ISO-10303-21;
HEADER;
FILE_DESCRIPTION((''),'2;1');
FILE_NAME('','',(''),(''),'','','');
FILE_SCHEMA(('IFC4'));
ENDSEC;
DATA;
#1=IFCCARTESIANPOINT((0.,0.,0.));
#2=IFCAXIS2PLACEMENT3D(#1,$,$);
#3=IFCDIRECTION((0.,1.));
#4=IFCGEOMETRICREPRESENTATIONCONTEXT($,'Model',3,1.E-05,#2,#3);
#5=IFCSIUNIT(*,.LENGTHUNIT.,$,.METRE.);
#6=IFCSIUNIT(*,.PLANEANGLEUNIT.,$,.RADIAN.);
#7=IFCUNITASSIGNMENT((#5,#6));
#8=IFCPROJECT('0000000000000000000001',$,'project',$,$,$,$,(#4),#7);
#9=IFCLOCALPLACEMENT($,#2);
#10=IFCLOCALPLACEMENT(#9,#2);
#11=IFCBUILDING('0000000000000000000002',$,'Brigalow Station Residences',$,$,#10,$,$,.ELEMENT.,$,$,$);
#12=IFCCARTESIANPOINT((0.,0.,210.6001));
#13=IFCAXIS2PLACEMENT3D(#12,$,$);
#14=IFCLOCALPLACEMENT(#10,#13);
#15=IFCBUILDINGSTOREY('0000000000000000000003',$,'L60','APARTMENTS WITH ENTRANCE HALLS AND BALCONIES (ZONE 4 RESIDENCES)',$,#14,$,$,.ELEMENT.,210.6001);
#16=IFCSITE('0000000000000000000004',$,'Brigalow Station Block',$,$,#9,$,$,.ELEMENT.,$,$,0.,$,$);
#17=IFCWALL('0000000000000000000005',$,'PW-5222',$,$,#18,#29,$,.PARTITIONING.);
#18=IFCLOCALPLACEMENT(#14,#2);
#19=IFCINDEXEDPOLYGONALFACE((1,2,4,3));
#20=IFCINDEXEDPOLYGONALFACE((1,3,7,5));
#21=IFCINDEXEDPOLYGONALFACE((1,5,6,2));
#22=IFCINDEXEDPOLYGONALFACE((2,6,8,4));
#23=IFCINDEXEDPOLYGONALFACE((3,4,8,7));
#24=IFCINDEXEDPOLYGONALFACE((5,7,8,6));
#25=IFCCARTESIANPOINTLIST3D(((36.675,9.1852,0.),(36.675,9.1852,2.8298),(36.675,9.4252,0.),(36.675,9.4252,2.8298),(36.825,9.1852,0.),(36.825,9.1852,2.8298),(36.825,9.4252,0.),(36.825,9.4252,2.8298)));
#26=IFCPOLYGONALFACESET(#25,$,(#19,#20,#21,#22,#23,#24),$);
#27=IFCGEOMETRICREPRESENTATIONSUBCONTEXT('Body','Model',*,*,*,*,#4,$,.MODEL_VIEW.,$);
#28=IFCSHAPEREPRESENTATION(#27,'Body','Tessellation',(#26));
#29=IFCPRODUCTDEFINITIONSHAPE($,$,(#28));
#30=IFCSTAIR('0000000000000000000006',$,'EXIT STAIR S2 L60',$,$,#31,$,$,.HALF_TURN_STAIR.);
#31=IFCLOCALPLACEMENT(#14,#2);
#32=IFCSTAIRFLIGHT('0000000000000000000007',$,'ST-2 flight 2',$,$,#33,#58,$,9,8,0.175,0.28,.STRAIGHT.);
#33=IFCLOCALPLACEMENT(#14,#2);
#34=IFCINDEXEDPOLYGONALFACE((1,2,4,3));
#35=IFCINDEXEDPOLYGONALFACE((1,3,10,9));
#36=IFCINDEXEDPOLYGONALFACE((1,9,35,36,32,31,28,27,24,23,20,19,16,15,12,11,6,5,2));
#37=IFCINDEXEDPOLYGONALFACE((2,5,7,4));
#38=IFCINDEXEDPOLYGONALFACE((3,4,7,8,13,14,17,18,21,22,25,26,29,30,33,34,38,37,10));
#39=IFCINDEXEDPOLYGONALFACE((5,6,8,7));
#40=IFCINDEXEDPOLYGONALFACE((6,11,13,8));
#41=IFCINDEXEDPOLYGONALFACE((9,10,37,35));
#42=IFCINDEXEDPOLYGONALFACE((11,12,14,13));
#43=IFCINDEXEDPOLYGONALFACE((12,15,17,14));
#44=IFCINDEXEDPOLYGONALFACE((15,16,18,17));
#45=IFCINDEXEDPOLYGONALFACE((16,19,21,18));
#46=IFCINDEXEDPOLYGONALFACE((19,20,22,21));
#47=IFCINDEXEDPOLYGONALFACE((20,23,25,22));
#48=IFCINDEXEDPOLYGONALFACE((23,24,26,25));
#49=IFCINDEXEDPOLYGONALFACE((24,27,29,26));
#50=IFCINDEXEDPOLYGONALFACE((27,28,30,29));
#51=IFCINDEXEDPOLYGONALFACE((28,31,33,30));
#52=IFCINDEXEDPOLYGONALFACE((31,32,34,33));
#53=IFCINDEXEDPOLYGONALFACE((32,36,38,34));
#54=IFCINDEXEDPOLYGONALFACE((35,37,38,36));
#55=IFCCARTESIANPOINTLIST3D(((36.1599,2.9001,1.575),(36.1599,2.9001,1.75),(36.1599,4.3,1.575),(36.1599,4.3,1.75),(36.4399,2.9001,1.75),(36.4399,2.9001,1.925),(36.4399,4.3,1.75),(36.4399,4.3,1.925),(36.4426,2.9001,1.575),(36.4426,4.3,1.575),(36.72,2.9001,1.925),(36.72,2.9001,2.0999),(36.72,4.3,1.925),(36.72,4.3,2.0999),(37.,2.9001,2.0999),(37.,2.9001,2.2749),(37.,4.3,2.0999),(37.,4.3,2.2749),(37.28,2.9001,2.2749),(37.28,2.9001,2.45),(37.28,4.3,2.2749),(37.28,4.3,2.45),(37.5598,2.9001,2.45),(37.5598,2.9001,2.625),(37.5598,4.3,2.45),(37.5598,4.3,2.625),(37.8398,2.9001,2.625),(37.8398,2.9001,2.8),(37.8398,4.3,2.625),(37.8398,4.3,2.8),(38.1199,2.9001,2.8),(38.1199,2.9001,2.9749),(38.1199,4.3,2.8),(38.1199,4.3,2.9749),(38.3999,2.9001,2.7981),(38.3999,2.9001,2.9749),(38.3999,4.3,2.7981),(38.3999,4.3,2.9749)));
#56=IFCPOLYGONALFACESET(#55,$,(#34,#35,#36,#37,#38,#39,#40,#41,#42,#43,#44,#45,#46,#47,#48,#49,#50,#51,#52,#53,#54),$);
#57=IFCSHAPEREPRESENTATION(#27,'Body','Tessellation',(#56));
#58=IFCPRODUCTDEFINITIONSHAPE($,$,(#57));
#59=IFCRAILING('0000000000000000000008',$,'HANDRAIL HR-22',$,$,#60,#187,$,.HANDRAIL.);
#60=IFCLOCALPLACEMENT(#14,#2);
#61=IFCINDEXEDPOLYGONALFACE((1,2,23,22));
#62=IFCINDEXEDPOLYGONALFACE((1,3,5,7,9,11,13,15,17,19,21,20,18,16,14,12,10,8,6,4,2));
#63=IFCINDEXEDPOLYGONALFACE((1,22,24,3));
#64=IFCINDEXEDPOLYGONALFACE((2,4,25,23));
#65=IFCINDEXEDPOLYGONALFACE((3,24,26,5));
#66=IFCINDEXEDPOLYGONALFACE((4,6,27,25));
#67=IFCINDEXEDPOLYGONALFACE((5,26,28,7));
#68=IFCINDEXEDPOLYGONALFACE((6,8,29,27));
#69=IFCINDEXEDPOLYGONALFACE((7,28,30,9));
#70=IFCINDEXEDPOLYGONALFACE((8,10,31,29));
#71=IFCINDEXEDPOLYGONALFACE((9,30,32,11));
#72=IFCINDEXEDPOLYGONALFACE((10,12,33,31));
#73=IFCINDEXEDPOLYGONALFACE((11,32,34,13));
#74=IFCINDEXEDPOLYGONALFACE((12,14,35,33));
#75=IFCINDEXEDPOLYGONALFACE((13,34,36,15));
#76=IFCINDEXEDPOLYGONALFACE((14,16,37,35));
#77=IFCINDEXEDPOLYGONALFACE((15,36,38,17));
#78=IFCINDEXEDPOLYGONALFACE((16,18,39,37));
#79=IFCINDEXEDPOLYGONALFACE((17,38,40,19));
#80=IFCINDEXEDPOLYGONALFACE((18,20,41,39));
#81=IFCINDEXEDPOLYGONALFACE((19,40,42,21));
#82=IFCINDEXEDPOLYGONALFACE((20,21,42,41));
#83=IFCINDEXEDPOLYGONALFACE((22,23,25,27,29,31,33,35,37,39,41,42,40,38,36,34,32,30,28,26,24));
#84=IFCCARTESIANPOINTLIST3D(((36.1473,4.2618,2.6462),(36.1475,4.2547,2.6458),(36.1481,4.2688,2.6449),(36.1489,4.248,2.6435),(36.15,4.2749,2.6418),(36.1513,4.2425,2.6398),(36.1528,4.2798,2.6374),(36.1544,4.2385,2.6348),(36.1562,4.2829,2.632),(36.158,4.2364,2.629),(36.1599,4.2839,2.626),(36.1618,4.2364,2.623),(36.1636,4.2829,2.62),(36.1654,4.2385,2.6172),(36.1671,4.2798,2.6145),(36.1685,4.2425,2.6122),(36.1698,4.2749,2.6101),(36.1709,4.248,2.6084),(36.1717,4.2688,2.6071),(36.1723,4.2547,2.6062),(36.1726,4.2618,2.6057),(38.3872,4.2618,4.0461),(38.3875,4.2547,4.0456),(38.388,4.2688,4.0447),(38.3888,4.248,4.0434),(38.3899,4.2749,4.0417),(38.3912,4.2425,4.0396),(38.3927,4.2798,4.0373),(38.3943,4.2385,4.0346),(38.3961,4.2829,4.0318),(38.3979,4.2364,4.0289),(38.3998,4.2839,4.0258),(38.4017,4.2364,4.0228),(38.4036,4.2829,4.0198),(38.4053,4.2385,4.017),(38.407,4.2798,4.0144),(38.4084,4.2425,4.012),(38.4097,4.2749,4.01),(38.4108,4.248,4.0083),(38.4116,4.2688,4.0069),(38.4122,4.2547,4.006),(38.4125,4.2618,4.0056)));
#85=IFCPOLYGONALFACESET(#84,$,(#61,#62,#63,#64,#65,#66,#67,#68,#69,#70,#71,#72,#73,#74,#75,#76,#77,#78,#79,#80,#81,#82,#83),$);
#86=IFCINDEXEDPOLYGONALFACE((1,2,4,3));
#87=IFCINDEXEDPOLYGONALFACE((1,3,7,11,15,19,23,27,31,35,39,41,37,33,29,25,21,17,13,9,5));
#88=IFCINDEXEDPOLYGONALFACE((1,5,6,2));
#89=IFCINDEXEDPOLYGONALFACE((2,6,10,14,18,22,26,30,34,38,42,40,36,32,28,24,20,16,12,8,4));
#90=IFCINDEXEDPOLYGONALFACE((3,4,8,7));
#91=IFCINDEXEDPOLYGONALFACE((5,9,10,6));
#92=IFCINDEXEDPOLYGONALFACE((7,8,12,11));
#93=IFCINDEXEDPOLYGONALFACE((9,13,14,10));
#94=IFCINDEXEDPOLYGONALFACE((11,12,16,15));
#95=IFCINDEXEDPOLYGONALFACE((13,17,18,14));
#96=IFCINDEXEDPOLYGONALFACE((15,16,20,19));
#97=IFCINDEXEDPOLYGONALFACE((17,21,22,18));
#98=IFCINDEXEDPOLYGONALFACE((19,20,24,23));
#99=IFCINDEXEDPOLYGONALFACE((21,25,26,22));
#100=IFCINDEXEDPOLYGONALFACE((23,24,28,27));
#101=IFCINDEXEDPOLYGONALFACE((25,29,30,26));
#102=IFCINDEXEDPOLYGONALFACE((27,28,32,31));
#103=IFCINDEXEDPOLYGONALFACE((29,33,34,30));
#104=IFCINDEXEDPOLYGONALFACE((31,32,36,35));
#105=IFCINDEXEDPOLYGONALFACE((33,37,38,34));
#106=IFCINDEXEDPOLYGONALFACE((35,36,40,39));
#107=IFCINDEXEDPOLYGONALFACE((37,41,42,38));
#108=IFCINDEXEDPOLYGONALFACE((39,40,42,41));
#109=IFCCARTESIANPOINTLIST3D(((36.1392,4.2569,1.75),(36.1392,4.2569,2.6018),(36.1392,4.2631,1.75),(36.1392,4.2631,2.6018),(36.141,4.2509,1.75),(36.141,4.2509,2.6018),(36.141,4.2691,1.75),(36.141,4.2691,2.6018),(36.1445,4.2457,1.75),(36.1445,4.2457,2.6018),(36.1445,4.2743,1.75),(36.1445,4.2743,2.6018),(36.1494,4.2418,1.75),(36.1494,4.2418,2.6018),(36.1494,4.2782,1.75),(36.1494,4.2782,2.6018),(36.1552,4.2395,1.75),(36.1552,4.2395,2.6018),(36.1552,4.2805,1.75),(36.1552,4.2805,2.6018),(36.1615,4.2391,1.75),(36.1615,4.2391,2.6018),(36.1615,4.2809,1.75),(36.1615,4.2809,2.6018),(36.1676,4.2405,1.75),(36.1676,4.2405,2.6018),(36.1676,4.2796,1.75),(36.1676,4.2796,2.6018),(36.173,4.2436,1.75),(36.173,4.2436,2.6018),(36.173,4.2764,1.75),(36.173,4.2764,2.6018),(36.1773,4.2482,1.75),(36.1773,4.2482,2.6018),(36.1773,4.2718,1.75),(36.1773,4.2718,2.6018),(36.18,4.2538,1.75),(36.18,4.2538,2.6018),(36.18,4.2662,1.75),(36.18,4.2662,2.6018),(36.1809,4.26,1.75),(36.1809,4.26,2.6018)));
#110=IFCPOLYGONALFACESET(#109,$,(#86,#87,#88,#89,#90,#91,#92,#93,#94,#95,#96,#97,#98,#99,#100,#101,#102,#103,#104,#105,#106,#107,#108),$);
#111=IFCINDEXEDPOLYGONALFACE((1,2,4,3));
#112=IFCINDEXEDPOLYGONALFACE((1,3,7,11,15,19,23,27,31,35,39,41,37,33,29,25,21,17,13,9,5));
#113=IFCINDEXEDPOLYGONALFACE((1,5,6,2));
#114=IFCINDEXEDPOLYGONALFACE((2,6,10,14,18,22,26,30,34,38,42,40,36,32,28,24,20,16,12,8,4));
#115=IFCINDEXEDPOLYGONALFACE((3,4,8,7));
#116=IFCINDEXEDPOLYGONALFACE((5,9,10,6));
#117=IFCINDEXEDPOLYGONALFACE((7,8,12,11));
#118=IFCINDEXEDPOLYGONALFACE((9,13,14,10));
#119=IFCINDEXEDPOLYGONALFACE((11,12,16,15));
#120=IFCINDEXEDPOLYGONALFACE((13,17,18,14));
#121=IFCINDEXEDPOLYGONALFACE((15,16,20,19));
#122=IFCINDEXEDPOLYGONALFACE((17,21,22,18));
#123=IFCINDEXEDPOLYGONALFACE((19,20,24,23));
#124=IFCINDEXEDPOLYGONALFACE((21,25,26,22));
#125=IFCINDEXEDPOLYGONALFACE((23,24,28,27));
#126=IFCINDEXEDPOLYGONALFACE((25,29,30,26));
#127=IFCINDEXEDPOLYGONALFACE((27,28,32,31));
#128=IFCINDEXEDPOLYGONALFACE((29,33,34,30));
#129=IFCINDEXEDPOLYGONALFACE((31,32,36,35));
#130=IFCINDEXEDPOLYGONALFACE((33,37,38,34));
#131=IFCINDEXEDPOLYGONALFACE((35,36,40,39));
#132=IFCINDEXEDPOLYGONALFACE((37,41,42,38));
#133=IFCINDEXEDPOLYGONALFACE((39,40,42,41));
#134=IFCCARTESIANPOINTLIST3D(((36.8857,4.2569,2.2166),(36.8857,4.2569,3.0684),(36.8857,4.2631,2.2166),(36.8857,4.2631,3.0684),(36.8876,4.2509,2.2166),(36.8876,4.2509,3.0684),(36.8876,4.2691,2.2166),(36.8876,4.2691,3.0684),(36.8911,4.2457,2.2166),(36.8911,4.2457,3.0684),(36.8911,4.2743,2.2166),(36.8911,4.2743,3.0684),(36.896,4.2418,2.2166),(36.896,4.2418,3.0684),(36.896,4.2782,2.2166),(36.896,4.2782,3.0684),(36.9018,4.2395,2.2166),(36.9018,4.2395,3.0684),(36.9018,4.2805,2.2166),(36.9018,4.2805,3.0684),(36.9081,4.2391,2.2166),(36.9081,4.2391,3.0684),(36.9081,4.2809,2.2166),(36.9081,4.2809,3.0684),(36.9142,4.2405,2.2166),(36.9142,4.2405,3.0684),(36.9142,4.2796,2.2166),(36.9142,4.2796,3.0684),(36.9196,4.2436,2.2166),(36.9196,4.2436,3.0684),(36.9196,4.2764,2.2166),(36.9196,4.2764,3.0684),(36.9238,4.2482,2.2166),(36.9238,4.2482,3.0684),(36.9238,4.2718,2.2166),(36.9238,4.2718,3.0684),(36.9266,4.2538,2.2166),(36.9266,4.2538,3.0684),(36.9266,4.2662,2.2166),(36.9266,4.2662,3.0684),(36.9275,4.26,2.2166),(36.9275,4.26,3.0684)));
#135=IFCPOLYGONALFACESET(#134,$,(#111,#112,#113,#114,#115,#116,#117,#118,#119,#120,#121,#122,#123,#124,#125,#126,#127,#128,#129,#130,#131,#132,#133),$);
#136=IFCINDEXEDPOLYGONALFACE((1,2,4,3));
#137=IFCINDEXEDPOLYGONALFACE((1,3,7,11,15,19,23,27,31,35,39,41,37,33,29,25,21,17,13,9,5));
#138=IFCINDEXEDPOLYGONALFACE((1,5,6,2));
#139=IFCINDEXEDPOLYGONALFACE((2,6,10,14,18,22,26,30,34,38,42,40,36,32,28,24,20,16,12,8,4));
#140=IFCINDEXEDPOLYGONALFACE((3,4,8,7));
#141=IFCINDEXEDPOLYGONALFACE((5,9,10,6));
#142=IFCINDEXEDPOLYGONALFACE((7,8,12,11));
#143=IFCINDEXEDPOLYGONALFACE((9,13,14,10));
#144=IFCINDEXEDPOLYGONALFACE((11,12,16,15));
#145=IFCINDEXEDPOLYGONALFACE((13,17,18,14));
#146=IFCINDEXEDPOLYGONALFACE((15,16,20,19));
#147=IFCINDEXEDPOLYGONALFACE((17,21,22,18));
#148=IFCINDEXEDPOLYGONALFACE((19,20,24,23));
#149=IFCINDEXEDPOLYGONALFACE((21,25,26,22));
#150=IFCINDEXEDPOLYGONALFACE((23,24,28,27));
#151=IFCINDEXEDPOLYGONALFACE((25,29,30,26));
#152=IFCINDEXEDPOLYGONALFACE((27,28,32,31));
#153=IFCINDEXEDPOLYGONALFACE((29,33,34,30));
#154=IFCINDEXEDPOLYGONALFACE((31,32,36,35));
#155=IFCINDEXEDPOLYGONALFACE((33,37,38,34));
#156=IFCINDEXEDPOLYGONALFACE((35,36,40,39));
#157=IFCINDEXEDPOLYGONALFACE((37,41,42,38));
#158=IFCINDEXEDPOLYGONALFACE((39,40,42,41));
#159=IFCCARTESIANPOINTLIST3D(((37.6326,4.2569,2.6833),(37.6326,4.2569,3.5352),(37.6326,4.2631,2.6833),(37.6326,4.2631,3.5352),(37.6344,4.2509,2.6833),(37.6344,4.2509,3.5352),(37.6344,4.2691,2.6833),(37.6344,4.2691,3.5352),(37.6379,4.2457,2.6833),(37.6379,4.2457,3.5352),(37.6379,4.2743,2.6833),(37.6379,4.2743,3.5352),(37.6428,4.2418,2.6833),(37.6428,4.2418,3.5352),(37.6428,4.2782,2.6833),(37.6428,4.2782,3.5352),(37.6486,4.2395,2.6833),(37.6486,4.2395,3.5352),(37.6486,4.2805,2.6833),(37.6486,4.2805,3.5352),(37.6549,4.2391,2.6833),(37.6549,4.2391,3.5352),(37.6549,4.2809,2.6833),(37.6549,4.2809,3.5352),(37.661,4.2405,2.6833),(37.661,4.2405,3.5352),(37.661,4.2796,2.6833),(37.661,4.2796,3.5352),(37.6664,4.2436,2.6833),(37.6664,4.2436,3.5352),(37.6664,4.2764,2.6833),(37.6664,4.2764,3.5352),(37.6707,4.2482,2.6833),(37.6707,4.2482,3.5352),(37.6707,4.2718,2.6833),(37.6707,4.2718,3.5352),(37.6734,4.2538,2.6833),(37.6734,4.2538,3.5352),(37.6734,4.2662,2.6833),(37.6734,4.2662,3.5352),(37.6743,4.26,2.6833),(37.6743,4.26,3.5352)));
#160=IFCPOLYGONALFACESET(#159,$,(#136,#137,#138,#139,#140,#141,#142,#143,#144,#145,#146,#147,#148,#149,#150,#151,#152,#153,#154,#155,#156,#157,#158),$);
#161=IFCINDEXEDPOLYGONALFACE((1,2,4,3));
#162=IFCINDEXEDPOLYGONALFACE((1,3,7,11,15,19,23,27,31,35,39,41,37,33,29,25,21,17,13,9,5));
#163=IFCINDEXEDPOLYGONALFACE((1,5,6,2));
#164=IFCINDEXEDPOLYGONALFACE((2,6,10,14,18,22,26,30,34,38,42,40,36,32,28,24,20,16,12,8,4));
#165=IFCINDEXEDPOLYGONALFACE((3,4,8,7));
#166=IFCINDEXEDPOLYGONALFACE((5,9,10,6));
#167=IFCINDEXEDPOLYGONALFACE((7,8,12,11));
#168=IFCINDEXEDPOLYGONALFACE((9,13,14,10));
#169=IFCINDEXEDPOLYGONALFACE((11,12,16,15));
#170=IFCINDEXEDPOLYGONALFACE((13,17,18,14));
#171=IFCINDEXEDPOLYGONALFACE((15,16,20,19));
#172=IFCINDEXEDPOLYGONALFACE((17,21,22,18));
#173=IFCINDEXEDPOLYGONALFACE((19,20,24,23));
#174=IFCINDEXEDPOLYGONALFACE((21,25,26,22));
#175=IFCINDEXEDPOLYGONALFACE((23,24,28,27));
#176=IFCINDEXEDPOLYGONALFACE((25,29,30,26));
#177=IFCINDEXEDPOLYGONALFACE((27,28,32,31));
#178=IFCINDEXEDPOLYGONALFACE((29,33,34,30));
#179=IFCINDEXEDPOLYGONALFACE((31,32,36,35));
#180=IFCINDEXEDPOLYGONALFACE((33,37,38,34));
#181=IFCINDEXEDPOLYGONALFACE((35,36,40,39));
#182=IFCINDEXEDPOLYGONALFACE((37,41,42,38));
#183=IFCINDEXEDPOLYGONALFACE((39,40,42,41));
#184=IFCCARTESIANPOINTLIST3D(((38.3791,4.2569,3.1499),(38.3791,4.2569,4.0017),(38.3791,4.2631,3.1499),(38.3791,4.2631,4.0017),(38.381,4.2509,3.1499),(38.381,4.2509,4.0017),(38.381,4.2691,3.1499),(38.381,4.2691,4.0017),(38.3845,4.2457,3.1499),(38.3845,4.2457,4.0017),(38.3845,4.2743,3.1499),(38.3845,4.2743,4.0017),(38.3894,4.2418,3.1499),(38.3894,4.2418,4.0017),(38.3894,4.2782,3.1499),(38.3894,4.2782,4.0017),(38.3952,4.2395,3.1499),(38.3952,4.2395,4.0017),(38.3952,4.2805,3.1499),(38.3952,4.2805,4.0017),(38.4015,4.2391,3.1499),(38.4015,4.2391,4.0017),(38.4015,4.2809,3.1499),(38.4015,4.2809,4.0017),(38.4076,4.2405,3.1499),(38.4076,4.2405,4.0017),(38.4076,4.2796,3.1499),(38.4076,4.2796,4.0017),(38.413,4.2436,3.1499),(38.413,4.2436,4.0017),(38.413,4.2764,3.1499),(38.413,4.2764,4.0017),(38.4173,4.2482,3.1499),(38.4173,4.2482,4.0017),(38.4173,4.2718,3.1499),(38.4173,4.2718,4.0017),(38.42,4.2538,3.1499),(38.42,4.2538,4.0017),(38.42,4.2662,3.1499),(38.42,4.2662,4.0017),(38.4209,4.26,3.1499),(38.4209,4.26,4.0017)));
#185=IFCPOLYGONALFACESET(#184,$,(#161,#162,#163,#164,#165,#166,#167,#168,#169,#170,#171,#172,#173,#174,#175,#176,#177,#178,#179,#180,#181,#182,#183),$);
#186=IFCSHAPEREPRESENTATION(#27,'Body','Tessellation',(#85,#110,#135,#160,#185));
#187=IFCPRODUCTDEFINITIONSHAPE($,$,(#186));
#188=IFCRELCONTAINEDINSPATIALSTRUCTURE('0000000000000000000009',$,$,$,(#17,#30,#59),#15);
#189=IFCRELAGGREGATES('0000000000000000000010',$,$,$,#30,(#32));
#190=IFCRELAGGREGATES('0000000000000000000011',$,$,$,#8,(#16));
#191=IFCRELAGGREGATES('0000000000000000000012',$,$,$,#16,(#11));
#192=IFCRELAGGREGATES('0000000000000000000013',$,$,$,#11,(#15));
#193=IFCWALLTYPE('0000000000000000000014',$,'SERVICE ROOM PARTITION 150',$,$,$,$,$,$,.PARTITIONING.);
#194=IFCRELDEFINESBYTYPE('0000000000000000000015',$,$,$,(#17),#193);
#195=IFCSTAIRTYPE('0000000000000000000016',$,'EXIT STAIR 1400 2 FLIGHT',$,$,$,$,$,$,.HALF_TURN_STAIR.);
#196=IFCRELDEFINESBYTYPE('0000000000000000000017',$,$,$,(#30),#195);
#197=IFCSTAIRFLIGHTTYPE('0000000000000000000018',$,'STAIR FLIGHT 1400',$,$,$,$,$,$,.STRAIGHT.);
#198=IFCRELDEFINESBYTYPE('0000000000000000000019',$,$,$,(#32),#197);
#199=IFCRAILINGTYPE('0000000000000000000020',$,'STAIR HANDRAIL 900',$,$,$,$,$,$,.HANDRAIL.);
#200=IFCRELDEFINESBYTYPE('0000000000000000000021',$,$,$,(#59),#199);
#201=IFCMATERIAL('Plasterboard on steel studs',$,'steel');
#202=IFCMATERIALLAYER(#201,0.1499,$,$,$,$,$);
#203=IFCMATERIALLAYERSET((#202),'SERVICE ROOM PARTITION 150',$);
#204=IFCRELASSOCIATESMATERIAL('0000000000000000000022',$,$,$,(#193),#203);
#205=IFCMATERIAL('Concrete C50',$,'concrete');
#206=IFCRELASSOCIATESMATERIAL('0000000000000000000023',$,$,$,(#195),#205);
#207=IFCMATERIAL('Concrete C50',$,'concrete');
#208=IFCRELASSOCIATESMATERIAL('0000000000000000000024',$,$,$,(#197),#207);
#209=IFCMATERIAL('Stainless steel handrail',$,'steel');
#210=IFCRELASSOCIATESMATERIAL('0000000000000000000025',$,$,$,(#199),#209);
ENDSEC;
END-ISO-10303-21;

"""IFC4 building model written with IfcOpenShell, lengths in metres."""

from ifc_helpers import new_model, si_unit, direction, frame, frame_2d, origin, origin_2d, place, context, subcontext, project, spatial, polyline, rectangle, circle, outline, extrude, material, layer, layer_set, type_object, element, aggregate, save


model = new_model("IFC4")

# Units and contexts
model_context = context("Model", 3, precision=1e-05, world=origin(), true_north=direction((0.0, 1.0)))
body_context = subcontext(model_context, "Body", "Model", "MODEL_VIEW")
ifc_project = project(units=[si_unit("LENGTHUNIT", "METRE"), si_unit("PLANEANGLEUNIT", "RADIAN")], contexts=[model_context])

# Site, building, storey
site_placement = place(None, origin())
site = spatial("IfcSite", under=ifc_project, at=site_placement, Name="Brigalow Station Block", CompositionType="ELEMENT", RefElevation=0.0)
building_placement = place(site_placement, origin())
building = spatial("IfcBuilding", under=site, at=building_placement, Name="Brigalow Station Residences", CompositionType="ELEMENT")
storey_placement = place(building_placement, frame((0.0, 0.0, 210.6001)))
storey = spatial("IfcBuildingStorey", under=building, at=storey_placement, Name="L60", Description="APARTMENTS WITH ENTRANCE HALLS AND BALCONIES (ZONE 4 RESIDENCES)", CompositionType="ELEMENT", Elevation=210.6001)

# Wall
ifc_material_1 = material(Name="Plasterboard on steel studs", Category="steel")
ifc_layer_1 = layer(ifc_material_1, 0.1499)
ifc_layer_set_1 = layer_set([ifc_layer_1], Name="SERVICE ROOM PARTITION 150")
wall_type_1 = type_object("IfcWallType", Name="SERVICE ROOM PARTITION 150", PredefinedType="PARTITIONING", material=ifc_layer_set_1)
wall_1_placement = place(storey_placement, frame((36.75, 9.1851, 0.0), z_axis=(0.0, 0.0, 1.0), x_axis=(0.0, 1.0, 0.0)))
element("IfcWall", 1, at=wall_1_placement, inside=storey, type_object=wall_type_1, Name="PW-5222", PredefinedType="PARTITIONING", context=body_context, shape_type="SweptSolid", body=[
    extrude(rectangle(XDim=0.24, YDim=0.1499, at=frame_2d((0.1201, 0.0))), origin(), (0.0, 0.0, 1.0), 2.8298),
])

# Stair, stair flight
ifc_material_2 = material(Name="Concrete C50", Category="concrete")
stair_type = type_object("IfcStairType", Name="EXIT STAIR 1400 2 FLIGHT", PredefinedType="HALF_TURN_STAIR", material=ifc_material_2)
stair_placement = place(storey_placement, origin())
stair = element("IfcStair", 2, at=stair_placement, inside=storey, type_object=stair_type, Name="EXIT STAIR S2 L60", PredefinedType="HALF_TURN_STAIR")
ifc_material_3 = material(Name="Concrete C50", Category="concrete")
stair_flight_type = type_object("IfcStairFlightType", Name="STAIR FLIGHT 1400", PredefinedType="STRAIGHT", material=ifc_material_3)
stair_flight_placement = place(storey_placement, frame((36.1599, 3.6001, 1.575), z_axis=(0.0, 0.0, 1.0), x_axis=(1.0, 0.0, 0.0)))
stair_flight = element("IfcStairFlight", 3, at=stair_flight_placement, type_object=stair_flight_type, Name="ST-2 flight 2", NumberOfRisers=9, NumberOfTreads=8, PredefinedType="STRAIGHT", RiserHeight=0.175, TreadLength=0.28, context=body_context, shape_type="SweptSolid", body=[
    extrude(outline(polyline([(0.0, 0.0), (0.0, 0.175), (0.28, 0.175), (0.28, 0.3501), (0.5601, 0.3501), (0.5601, 0.5249), (0.8401, 0.5249), (0.8401, 0.7), (1.1201, 0.7), (1.1201, 0.875), (1.3999, 0.875), (1.3999, 1.05), (1.6799, 1.05), (1.6799, 1.2251), (1.96, 1.2251), (1.96, 1.3999), (2.24, 1.3999), (2.24, 1.575), (2.24, 1.2231), (0.2827, 0.0), (0.0, 0.0)])), frame((0.0, 0.7, 0.0), z_axis=(0.0, -1.0, 0.0), x_axis=(1.0, 0.0, 0.0)), (0.0, 0.0, 1.0), 1.3999),
])
aggregate(stair, [stair_flight])

# Railing
ifc_material_4 = material(Name="Stainless steel handrail", Category="steel")
railing_type = type_object("IfcRailingType", Name="STAIR HANDRAIL 900", PredefinedType="HANDRAIL", material=ifc_material_4)
railing_placement = place(storey_placement, frame((36.1599, 4.26, 1.75)))
element("IfcRailing", 4, at=railing_placement, inside=storey, type_object=railing_type, Name="HANDRAIL HR-22", PredefinedType="HANDRAIL", context=body_context, shape_type="SweptSolid", body=[
    extrude(circle(Radius=0.0239, at=origin_2d()), frame((0.0, 0.0, 0.876), z_axis=(0.848014, 0.0, 0.529974), x_axis=(0.0, 1.0, 0.0)), (0.0, 0.0, 1.0), 2.6414),
    extrude(circle(Radius=0.021, at=origin_2d()), origin(), (0.0, 0.0, 1.0), 0.8518),
    extrude(circle(Radius=0.021, at=origin_2d()), frame((0.7466, 0.0, 0.4666)), (0.0, 0.0, 1.0), 0.8518),
    extrude(circle(Radius=0.021, at=origin_2d()), frame((1.4934, 0.0, 0.9333)), (0.0, 0.0, 1.0), 0.8518),
    extrude(circle(Radius=0.021, at=origin_2d()), frame((2.24, 0.0, 1.3999)), (0.0, 0.0, 1.0), 0.8518),
])

save(model, "model.ifc")
